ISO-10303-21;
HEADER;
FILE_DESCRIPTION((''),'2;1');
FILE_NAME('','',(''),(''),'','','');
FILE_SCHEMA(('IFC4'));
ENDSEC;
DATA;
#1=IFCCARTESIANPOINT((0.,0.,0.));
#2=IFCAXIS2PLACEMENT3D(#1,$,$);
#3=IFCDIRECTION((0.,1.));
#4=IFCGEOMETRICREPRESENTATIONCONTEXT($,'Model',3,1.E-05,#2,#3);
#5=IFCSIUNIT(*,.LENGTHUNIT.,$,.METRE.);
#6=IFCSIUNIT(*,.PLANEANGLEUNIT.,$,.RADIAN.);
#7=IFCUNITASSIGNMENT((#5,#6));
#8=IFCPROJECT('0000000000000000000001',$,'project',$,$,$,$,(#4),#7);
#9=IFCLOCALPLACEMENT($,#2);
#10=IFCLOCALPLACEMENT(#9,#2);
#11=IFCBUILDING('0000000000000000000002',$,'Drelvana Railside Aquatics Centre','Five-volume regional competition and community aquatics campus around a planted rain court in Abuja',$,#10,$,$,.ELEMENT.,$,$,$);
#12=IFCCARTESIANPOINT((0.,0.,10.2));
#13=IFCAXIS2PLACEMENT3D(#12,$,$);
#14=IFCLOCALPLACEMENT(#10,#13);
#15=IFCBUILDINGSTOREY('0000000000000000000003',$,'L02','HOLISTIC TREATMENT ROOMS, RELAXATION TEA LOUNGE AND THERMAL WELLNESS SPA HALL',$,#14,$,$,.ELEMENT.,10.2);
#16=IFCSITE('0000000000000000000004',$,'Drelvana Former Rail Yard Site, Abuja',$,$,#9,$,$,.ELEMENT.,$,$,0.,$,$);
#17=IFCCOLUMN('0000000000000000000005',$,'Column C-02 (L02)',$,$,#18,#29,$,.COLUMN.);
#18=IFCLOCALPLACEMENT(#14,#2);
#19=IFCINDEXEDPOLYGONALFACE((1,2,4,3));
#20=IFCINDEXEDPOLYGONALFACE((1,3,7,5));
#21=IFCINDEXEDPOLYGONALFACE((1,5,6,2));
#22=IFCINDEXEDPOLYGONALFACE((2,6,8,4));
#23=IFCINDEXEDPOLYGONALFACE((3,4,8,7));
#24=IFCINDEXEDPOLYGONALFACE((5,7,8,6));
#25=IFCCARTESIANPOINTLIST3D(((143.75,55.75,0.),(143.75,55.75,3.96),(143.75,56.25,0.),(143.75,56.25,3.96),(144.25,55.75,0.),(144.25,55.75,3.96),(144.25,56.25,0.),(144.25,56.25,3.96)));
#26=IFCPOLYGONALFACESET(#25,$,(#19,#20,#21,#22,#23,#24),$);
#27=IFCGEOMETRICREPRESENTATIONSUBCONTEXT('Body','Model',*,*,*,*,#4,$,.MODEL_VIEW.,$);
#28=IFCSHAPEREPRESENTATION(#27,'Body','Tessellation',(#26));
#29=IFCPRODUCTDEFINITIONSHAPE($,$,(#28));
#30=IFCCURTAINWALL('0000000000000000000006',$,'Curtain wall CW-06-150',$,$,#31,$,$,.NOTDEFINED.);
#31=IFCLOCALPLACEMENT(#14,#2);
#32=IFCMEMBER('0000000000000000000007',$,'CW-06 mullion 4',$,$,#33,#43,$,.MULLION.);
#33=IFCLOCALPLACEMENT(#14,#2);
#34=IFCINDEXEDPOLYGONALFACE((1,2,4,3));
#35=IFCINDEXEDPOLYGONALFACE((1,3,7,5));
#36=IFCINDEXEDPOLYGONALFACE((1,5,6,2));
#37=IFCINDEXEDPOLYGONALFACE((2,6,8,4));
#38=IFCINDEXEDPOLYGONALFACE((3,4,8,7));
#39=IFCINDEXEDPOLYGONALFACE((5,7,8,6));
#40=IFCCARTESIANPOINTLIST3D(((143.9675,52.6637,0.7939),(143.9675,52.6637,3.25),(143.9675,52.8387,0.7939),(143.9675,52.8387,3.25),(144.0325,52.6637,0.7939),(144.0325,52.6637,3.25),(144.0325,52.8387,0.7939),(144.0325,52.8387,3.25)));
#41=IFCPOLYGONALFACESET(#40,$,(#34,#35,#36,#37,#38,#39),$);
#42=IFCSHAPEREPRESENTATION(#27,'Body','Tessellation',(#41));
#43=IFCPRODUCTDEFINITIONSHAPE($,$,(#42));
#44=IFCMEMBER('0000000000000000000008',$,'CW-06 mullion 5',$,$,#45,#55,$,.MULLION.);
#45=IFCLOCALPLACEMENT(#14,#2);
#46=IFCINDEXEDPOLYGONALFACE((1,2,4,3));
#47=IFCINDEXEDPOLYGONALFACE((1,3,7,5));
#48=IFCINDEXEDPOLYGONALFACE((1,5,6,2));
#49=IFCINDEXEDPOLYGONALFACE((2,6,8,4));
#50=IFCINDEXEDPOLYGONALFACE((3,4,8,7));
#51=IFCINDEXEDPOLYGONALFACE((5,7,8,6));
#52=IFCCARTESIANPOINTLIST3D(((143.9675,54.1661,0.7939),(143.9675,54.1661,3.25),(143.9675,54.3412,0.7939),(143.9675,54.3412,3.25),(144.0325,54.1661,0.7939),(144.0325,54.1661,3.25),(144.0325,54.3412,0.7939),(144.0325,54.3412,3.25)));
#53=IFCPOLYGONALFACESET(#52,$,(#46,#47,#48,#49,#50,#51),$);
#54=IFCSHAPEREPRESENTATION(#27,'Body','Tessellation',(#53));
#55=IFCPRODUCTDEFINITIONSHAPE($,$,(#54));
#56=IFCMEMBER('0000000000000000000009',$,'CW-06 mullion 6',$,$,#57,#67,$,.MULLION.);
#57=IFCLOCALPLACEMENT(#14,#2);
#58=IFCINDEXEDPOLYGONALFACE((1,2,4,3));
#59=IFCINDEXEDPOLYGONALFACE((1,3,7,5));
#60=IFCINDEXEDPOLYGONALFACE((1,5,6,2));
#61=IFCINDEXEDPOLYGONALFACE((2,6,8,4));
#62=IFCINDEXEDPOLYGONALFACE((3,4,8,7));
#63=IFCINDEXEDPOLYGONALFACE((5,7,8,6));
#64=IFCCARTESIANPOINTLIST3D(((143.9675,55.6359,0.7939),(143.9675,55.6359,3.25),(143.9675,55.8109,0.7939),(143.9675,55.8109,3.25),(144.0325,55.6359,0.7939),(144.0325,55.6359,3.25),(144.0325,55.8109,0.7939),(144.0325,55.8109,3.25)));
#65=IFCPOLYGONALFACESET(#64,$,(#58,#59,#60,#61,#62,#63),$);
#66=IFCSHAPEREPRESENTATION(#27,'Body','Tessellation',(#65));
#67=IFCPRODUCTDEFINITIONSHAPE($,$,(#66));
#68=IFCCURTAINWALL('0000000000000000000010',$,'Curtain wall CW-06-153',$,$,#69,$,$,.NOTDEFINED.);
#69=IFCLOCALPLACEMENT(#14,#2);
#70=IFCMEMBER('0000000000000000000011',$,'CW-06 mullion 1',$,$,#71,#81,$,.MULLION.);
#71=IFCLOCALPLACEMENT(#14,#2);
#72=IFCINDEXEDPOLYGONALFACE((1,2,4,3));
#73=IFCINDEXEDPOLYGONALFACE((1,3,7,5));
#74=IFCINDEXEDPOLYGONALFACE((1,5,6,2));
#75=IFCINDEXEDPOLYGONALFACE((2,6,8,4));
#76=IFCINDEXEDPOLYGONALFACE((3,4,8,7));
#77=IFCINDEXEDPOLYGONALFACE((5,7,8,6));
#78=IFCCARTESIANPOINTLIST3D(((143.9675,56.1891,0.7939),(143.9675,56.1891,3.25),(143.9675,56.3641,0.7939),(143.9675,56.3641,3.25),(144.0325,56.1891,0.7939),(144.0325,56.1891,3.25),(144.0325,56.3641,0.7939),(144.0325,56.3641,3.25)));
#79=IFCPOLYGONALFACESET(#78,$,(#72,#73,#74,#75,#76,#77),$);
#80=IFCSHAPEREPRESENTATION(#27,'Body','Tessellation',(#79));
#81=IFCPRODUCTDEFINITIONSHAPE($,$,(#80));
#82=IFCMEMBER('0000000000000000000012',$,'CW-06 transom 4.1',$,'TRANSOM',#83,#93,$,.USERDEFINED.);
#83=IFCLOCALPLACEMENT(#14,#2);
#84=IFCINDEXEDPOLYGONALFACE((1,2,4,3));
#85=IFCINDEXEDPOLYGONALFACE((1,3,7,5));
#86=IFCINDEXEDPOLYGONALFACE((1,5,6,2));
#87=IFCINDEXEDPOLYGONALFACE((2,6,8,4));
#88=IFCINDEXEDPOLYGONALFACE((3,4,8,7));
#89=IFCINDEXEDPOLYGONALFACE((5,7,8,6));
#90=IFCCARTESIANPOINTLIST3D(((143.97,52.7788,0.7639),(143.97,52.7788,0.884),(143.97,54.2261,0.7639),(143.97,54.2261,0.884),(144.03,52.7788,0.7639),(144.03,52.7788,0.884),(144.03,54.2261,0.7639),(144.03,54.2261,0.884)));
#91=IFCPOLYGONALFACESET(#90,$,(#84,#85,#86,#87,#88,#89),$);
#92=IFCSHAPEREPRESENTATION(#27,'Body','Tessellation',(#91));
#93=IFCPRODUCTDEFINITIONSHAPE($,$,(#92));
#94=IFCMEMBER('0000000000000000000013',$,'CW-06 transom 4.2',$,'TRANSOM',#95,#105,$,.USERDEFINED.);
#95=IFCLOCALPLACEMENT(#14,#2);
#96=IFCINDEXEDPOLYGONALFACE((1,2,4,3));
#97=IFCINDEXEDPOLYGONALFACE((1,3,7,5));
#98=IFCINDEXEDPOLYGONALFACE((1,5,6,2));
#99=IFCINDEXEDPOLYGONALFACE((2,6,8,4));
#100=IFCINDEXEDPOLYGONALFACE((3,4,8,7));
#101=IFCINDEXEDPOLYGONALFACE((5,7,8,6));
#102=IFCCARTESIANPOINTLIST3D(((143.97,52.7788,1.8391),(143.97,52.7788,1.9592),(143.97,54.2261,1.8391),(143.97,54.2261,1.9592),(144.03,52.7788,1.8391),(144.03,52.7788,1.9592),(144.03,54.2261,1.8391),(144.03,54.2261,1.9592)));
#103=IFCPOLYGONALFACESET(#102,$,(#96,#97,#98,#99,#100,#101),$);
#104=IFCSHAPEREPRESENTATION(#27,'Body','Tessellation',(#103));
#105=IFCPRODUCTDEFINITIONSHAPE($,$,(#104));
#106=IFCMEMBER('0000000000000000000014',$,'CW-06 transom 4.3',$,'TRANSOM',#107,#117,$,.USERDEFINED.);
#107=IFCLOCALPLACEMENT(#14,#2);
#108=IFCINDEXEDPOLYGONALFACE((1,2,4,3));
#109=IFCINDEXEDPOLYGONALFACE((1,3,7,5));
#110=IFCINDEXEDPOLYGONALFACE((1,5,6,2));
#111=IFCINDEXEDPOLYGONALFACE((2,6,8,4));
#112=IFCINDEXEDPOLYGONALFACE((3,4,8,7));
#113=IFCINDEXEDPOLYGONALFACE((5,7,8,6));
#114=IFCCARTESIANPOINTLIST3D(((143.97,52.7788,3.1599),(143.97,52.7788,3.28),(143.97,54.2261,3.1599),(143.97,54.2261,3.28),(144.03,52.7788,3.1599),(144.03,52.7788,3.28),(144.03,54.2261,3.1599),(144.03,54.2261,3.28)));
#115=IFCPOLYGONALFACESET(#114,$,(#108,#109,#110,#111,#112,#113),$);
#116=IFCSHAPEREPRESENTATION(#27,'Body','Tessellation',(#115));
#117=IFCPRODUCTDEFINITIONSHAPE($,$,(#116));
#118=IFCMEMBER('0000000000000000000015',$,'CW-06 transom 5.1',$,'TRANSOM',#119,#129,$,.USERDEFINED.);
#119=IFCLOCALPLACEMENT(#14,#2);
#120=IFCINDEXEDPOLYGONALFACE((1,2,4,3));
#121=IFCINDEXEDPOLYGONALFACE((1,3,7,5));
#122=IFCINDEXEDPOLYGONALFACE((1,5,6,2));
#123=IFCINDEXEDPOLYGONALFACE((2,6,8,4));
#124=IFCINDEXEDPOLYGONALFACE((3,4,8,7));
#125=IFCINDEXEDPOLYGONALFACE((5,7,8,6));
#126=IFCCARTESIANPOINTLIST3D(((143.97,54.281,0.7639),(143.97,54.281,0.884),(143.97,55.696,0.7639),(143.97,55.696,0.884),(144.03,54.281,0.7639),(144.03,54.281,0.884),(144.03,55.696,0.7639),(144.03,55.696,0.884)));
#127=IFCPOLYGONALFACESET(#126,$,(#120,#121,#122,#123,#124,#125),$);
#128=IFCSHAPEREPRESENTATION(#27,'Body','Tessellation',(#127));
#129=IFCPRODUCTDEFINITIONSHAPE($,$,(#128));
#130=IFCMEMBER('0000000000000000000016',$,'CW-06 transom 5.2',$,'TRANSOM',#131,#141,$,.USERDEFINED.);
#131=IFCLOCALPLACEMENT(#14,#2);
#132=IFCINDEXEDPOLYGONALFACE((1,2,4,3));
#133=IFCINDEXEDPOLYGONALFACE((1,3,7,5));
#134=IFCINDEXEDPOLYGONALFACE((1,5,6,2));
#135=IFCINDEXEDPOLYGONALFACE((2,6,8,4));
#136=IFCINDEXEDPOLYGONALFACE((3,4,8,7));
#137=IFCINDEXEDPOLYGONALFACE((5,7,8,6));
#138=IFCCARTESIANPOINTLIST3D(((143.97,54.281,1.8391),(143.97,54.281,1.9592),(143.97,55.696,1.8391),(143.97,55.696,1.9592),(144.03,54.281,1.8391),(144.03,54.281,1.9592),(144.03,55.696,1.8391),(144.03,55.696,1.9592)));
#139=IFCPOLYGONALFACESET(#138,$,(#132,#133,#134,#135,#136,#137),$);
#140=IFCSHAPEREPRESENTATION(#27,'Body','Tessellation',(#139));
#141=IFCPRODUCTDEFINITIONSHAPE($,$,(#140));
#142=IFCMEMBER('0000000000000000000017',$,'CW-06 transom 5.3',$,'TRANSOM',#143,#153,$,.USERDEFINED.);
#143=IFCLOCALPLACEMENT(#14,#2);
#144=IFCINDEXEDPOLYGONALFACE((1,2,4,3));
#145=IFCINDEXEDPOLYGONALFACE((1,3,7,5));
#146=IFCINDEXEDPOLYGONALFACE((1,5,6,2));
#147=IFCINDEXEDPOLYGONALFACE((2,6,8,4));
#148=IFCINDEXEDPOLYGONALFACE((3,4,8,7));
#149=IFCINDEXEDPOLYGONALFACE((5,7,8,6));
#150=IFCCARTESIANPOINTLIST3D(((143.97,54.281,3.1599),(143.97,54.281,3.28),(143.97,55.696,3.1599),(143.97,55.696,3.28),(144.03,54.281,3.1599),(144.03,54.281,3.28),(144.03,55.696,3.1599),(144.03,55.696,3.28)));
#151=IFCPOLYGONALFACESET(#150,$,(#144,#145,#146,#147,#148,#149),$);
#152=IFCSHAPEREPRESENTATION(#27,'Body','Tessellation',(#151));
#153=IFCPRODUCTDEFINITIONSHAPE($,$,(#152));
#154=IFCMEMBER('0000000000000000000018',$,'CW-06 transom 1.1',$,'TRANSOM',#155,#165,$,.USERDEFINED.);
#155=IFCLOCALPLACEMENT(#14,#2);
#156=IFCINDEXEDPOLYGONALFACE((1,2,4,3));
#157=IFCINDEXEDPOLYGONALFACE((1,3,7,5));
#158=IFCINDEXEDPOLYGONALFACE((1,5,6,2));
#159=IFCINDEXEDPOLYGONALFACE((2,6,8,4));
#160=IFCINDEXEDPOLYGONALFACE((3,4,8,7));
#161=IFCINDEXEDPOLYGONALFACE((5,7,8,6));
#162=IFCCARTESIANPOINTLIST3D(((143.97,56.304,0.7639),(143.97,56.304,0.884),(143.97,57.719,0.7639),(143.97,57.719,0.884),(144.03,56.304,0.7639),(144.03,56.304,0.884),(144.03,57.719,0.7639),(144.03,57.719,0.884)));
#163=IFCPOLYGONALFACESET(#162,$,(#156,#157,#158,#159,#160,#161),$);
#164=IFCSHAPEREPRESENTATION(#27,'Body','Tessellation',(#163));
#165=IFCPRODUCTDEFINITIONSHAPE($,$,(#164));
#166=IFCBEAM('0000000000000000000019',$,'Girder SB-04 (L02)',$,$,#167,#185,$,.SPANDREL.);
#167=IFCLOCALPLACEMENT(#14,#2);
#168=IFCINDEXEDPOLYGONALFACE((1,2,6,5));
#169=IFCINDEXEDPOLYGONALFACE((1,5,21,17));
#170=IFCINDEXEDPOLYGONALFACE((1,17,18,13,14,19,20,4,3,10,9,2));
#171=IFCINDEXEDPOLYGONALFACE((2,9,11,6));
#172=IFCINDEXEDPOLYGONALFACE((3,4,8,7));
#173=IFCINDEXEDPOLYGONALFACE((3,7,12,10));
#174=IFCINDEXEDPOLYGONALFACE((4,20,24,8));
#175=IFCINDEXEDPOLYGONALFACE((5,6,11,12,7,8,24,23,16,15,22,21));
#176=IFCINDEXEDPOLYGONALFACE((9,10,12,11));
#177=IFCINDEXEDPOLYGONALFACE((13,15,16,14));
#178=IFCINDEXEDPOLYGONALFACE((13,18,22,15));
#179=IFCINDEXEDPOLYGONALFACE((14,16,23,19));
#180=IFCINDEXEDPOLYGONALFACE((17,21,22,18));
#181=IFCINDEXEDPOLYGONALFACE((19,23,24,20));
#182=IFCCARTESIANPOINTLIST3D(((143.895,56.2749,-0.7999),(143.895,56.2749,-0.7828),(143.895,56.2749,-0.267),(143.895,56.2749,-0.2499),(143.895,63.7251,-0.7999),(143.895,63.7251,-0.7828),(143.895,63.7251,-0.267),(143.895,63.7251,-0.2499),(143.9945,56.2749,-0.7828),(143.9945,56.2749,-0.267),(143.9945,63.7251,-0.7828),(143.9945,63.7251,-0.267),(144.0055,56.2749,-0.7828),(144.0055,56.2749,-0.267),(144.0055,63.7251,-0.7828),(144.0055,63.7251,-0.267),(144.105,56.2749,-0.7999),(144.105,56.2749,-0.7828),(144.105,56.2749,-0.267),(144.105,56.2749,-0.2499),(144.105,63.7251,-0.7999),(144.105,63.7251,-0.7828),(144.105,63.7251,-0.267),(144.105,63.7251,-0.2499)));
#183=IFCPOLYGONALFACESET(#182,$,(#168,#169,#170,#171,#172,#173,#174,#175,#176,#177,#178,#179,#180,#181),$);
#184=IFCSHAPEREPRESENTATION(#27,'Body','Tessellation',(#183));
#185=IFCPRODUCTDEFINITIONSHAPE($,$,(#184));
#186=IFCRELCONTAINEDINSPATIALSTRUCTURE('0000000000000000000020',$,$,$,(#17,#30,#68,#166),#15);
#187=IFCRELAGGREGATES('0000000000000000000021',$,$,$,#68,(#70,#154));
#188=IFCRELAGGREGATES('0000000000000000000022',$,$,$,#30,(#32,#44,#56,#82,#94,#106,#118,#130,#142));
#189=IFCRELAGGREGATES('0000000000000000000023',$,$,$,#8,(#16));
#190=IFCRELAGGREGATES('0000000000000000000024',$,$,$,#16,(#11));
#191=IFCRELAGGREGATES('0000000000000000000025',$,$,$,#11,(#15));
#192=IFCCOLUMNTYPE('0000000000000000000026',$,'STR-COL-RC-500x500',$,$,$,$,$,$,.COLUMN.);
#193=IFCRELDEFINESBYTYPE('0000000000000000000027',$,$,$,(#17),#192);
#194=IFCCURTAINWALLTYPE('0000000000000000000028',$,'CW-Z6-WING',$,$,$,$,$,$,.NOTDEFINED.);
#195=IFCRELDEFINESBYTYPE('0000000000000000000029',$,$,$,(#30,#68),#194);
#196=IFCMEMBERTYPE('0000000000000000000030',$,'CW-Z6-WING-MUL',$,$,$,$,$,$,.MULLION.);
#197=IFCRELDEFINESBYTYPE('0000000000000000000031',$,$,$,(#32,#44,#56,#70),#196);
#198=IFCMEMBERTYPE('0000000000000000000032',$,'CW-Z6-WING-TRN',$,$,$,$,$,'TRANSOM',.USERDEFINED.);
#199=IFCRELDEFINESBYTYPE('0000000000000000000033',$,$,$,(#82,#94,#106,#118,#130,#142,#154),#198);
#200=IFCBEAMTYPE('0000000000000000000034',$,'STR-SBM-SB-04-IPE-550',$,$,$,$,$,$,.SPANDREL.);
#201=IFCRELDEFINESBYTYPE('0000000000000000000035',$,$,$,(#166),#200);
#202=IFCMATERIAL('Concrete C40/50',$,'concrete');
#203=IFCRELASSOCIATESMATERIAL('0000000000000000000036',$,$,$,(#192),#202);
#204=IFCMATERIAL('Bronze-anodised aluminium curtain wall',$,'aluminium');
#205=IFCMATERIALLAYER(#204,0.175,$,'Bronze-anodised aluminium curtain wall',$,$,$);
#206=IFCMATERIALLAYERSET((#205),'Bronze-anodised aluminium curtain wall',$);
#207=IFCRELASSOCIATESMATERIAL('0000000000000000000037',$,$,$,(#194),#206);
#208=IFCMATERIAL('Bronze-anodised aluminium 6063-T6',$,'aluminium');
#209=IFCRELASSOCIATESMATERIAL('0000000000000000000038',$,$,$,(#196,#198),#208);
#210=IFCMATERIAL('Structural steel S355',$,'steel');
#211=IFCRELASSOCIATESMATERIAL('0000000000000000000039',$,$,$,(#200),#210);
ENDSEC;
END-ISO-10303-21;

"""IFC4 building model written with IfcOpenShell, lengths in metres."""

from ifc_helpers import new_model, si_unit, direction, frame, origin, origin_2d, place, context, subcontext, project, spatial, rectangle, i_section, extrude, material, layer, layer_set, material_profile, profile_set, type_object, element, aggregate, save


model = new_model("IFC4")

# Units and contexts
model_context = context("Model", 3, precision=1e-05, world=origin(), true_north=direction((0.0, 1.0)))
body_context = subcontext(model_context, "Body", "Model", "MODEL_VIEW")
ifc_project = project(units=[si_unit("LENGTHUNIT", "METRE"), si_unit("PLANEANGLEUNIT", "RADIAN")], contexts=[model_context])

# Site, building, storey
site_placement = place(None, origin())
site = spatial("IfcSite", under=ifc_project, at=site_placement, Name="Drelvana Former Rail Yard Site, Abuja", CompositionType="ELEMENT", RefElevation=0.0)
building_placement = place(site_placement, origin())
building = spatial("IfcBuilding", under=site, at=building_placement, Name="Drelvana Railside Aquatics Centre", Description="Five-volume regional competition and community aquatics campus around a planted rain court in Abuja", CompositionType="ELEMENT")
storey_placement = place(building_placement, frame((0.0, 0.0, 10.2)))
storey = spatial("IfcBuildingStorey", under=building, at=storey_placement, Name="L02", Description="HOLISTIC TREATMENT ROOMS, RELAXATION TEA LOUNGE AND THERMAL WELLNESS SPA HALL", CompositionType="ELEMENT", Elevation=10.2)

# Column
ifc_material_1 = material(Name="Concrete C40/50", Category="concrete")
ifc_material_profile_1 = material_profile(ifc_material_1, rectangle(XDim=0.5, YDim=0.5, at=origin_2d()), Name="RC 500x500")
ifc_profile_set_1 = profile_set([ifc_material_profile_1], Name="Concrete C40/50")
column_type = type_object("IfcColumnType", Name="STR-COL-RC-500x500", PredefinedType="COLUMN", material=ifc_profile_set_1)
column_placement = place(storey_placement, frame((144.0, 56.0, 0.0), z_axis=(0.0, 0.0, 1.0), x_axis=(1.0, 0.0, 0.0)))
element("IfcColumn", 1, at=column_placement, inside=storey, type_object=column_type, Name="Column C-02 (L02)", PredefinedType="COLUMN", context=body_context, shape_type="SweptSolid", body=[
    extrude(rectangle(XDim=0.5, YDim=0.5, at=origin_2d()), origin(), (0.0, 0.0, 1.0), 3.96),
])

# Curtain wall, members
ifc_material_2 = material(Name="Bronze-anodised aluminium curtain wall", Category="aluminium")
ifc_layer_1 = layer(ifc_material_2, 0.175, Name="Bronze-anodised aluminium curtain wall")
ifc_layer_set_1 = layer_set([ifc_layer_1], Name="Bronze-anodised aluminium curtain wall")
curtain_wall_type = type_object("IfcCurtainWallType", Name="CW-Z6-WING", PredefinedType="NOTDEFINED", material=ifc_layer_set_1)
curtain_wall_1_placement = place(storey_placement, origin())
curtain_wall_1 = element("IfcCurtainWall", 2, at=curtain_wall_1_placement, inside=storey, type_object=curtain_wall_type, Name="Curtain wall CW-06-150", PredefinedType="NOTDEFINED")
ifc_material_3 = material(Name="Bronze-anodised aluminium 6063-T6", Category="aluminium")
ifc_material_profile_2 = material_profile(ifc_material_3, rectangle(XDim=0.0649, YDim=0.175, at=origin_2d()), Name="ALU-M 65x175")
ifc_profile_set_2 = profile_set([ifc_material_profile_2], Name="Bronze-anodised aluminium 6063-T6")
member_type_1 = type_object("IfcMemberType", Name="CW-Z6-WING-MUL", PredefinedType="MULLION", material=ifc_profile_set_2)
member_1_placement = place(storey_placement, frame((144.0, 52.7512, 0.7939), z_axis=(0.0, 0.0, 1.0), x_axis=(-1.0, 0.0, 0.0)))
member_1 = element("IfcMember", 3, at=member_1_placement, type_object=member_type_1, Name="CW-06 mullion 4", PredefinedType="MULLION", context=body_context, shape_type="SweptSolid", body=[
    extrude(rectangle(XDim=0.0649, YDim=0.175, at=origin_2d()), origin(), (0.0, 0.0, 1.0), 2.4561),
])
member_2_placement = place(storey_placement, frame((144.0, 54.2537, 0.7939), z_axis=(0.0, 0.0, 1.0), x_axis=(-1.0, 0.0, 0.0)))
member_2 = element("IfcMember", 4, at=member_2_placement, type_object=member_type_1, Name="CW-06 mullion 5", PredefinedType="MULLION", context=body_context, shape_type="SweptSolid", body=[
    extrude(rectangle(XDim=0.0649, YDim=0.175, at=origin_2d()), origin(), (0.0, 0.0, 1.0), 2.4561),
])
member_3_placement = place(storey_placement, frame((144.0, 55.7234, 0.7939), z_axis=(0.0, 0.0, 1.0), x_axis=(-1.0, 0.0, 0.0)))
member_3 = element("IfcMember", 5, at=member_3_placement, type_object=member_type_1, Name="CW-06 mullion 6", PredefinedType="MULLION", context=body_context, shape_type="SweptSolid", body=[
    extrude(rectangle(XDim=0.0649, YDim=0.175, at=origin_2d()), origin(), (0.0, 0.0, 1.0), 2.4561),
])

# Curtain wall, member
curtain_wall_2_placement = place(storey_placement, origin())
curtain_wall_2 = element("IfcCurtainWall", 6, at=curtain_wall_2_placement, inside=storey, type_object=curtain_wall_type, Name="Curtain wall CW-06-153", PredefinedType="NOTDEFINED")
member_4_placement = place(storey_placement, frame((144.0, 56.2766, 0.7939), z_axis=(0.0, 0.0, 1.0), x_axis=(-1.0, 0.0, 0.0)))
member_4 = element("IfcMember", 7, at=member_4_placement, type_object=member_type_1, Name="CW-06 mullion 1", PredefinedType="MULLION", context=body_context, shape_type="SweptSolid", body=[
    extrude(rectangle(XDim=0.0649, YDim=0.175, at=origin_2d()), origin(), (0.0, 0.0, 1.0), 2.4561),
])

# Members
ifc_material_profile_3 = material_profile(ifc_material_3, rectangle(XDim=0.1201, YDim=0.0601, at=origin_2d()), Name="ALU-T 60x120")
ifc_profile_set_3 = profile_set([ifc_material_profile_3], Name="Bronze-anodised aluminium 6063-T6")
member_type_2 = type_object("IfcMemberType", Name="CW-Z6-WING-TRN", ElementType="TRANSOM", PredefinedType="USERDEFINED", material=ifc_profile_set_3)
member_5_placement = place(storey_placement, frame((144.0, 52.7788, 0.824), z_axis=(0.0, 1.0, 0.0), x_axis=(0.0, 0.0, 1.0)))
member_5 = element("IfcMember", 8, at=member_5_placement, type_object=member_type_2, Name="CW-06 transom 4.1", ObjectType="TRANSOM", PredefinedType="USERDEFINED", context=body_context, shape_type="SweptSolid", body=[
    extrude(rectangle(XDim=0.1201, YDim=0.0601, at=origin_2d()), origin(), (0.0, 0.0, 1.0), 1.4473),
])
member_6_placement = place(storey_placement, frame((144.0, 52.7788, 1.8992), z_axis=(0.0, 1.0, 0.0), x_axis=(0.0, 0.0, 1.0)))
member_6 = element("IfcMember", 9, at=member_6_placement, type_object=member_type_2, Name="CW-06 transom 4.2", ObjectType="TRANSOM", PredefinedType="USERDEFINED", context=body_context, shape_type="SweptSolid", body=[
    extrude(rectangle(XDim=0.1201, YDim=0.0601, at=origin_2d()), origin(), (0.0, 0.0, 1.0), 1.4473),
])
member_7_placement = place(storey_placement, frame((144.0, 52.7788, 3.22), z_axis=(0.0, 1.0, 0.0), x_axis=(0.0, 0.0, 1.0)))
member_7 = element("IfcMember", 10, at=member_7_placement, type_object=member_type_2, Name="CW-06 transom 4.3", ObjectType="TRANSOM", PredefinedType="USERDEFINED", context=body_context, shape_type="SweptSolid", body=[
    extrude(rectangle(XDim=0.1201, YDim=0.0601, at=origin_2d()), origin(), (0.0, 0.0, 1.0), 1.4473),
])
member_8_placement = place(storey_placement, frame((144.0, 54.281, 0.824), z_axis=(0.0, 1.0, 0.0), x_axis=(0.0, 0.0, 1.0)))
member_8 = element("IfcMember", 11, at=member_8_placement, type_object=member_type_2, Name="CW-06 transom 5.1", ObjectType="TRANSOM", PredefinedType="USERDEFINED", context=body_context, shape_type="SweptSolid", body=[
    extrude(rectangle(XDim=0.1201, YDim=0.0601, at=origin_2d()), origin(), (0.0, 0.0, 1.0), 1.415),
])
member_9_placement = place(storey_placement, frame((144.0, 54.281, 1.8992), z_axis=(0.0, 1.0, 0.0), x_axis=(0.0, 0.0, 1.0)))
member_9 = element("IfcMember", 12, at=member_9_placement, type_object=member_type_2, Name="CW-06 transom 5.2", ObjectType="TRANSOM", PredefinedType="USERDEFINED", context=body_context, shape_type="SweptSolid", body=[
    extrude(rectangle(XDim=0.1201, YDim=0.0601, at=origin_2d()), origin(), (0.0, 0.0, 1.0), 1.415),
])
member_10_placement = place(storey_placement, frame((144.0, 54.281, 3.22), z_axis=(0.0, 1.0, 0.0), x_axis=(0.0, 0.0, 1.0)))
member_10 = element("IfcMember", 13, at=member_10_placement, type_object=member_type_2, Name="CW-06 transom 5.3", ObjectType="TRANSOM", PredefinedType="USERDEFINED", context=body_context, shape_type="SweptSolid", body=[
    extrude(rectangle(XDim=0.1201, YDim=0.0601, at=origin_2d()), origin(), (0.0, 0.0, 1.0), 1.415),
])
member_11_placement = place(storey_placement, frame((144.0, 56.304, 0.824), z_axis=(0.0, 1.0, 0.0), x_axis=(0.0, 0.0, 1.0)))
member_11 = element("IfcMember", 14, at=member_11_placement, type_object=member_type_2, Name="CW-06 transom 1.1", ObjectType="TRANSOM", PredefinedType="USERDEFINED", context=body_context, shape_type="SweptSolid", body=[
    extrude(rectangle(XDim=0.1201, YDim=0.0601, at=origin_2d()), origin(), (0.0, 0.0, 1.0), 1.415),
])
aggregate(curtain_wall_2, [member_4, member_11])

# Beam
ifc_material_4 = material(Name="Structural steel S355", Category="steel")
ifc_material_profile_4 = material_profile(ifc_material_4, i_section(OverallWidth=0.21, OverallDepth=0.55, WebThickness=0.011, FlangeThickness=0.0171, at=origin_2d()), Name="IPE 550")
ifc_profile_set_4 = profile_set([ifc_material_profile_4], Name="Structural steel S355")
beam_type = type_object("IfcBeamType", Name="STR-SBM-SB-04-IPE-550", PredefinedType="SPANDREL", material=ifc_profile_set_4)
beam_placement = place(storey_placement, frame((144.0, 56.2749, -0.5249), z_axis=(0.0, 1.0, 0.0), x_axis=(-1.0, 0.0, 0.0)))
element("IfcBeam", 15, at=beam_placement, inside=storey, type_object=beam_type, Name="Girder SB-04 (L02)", PredefinedType="SPANDREL", context=body_context, shape_type="SweptSolid", body=[
    extrude(i_section(OverallWidth=0.21, OverallDepth=0.55, WebThickness=0.011, FlangeThickness=0.0171, at=origin_2d()), origin(), (0.0, 0.0, 1.0), 7.4502),
])

aggregate(curtain_wall_1, [member_1, member_2, member_3, member_5, member_6, member_7, member_8, member_9, member_10])

save(model, "model.ifc")
